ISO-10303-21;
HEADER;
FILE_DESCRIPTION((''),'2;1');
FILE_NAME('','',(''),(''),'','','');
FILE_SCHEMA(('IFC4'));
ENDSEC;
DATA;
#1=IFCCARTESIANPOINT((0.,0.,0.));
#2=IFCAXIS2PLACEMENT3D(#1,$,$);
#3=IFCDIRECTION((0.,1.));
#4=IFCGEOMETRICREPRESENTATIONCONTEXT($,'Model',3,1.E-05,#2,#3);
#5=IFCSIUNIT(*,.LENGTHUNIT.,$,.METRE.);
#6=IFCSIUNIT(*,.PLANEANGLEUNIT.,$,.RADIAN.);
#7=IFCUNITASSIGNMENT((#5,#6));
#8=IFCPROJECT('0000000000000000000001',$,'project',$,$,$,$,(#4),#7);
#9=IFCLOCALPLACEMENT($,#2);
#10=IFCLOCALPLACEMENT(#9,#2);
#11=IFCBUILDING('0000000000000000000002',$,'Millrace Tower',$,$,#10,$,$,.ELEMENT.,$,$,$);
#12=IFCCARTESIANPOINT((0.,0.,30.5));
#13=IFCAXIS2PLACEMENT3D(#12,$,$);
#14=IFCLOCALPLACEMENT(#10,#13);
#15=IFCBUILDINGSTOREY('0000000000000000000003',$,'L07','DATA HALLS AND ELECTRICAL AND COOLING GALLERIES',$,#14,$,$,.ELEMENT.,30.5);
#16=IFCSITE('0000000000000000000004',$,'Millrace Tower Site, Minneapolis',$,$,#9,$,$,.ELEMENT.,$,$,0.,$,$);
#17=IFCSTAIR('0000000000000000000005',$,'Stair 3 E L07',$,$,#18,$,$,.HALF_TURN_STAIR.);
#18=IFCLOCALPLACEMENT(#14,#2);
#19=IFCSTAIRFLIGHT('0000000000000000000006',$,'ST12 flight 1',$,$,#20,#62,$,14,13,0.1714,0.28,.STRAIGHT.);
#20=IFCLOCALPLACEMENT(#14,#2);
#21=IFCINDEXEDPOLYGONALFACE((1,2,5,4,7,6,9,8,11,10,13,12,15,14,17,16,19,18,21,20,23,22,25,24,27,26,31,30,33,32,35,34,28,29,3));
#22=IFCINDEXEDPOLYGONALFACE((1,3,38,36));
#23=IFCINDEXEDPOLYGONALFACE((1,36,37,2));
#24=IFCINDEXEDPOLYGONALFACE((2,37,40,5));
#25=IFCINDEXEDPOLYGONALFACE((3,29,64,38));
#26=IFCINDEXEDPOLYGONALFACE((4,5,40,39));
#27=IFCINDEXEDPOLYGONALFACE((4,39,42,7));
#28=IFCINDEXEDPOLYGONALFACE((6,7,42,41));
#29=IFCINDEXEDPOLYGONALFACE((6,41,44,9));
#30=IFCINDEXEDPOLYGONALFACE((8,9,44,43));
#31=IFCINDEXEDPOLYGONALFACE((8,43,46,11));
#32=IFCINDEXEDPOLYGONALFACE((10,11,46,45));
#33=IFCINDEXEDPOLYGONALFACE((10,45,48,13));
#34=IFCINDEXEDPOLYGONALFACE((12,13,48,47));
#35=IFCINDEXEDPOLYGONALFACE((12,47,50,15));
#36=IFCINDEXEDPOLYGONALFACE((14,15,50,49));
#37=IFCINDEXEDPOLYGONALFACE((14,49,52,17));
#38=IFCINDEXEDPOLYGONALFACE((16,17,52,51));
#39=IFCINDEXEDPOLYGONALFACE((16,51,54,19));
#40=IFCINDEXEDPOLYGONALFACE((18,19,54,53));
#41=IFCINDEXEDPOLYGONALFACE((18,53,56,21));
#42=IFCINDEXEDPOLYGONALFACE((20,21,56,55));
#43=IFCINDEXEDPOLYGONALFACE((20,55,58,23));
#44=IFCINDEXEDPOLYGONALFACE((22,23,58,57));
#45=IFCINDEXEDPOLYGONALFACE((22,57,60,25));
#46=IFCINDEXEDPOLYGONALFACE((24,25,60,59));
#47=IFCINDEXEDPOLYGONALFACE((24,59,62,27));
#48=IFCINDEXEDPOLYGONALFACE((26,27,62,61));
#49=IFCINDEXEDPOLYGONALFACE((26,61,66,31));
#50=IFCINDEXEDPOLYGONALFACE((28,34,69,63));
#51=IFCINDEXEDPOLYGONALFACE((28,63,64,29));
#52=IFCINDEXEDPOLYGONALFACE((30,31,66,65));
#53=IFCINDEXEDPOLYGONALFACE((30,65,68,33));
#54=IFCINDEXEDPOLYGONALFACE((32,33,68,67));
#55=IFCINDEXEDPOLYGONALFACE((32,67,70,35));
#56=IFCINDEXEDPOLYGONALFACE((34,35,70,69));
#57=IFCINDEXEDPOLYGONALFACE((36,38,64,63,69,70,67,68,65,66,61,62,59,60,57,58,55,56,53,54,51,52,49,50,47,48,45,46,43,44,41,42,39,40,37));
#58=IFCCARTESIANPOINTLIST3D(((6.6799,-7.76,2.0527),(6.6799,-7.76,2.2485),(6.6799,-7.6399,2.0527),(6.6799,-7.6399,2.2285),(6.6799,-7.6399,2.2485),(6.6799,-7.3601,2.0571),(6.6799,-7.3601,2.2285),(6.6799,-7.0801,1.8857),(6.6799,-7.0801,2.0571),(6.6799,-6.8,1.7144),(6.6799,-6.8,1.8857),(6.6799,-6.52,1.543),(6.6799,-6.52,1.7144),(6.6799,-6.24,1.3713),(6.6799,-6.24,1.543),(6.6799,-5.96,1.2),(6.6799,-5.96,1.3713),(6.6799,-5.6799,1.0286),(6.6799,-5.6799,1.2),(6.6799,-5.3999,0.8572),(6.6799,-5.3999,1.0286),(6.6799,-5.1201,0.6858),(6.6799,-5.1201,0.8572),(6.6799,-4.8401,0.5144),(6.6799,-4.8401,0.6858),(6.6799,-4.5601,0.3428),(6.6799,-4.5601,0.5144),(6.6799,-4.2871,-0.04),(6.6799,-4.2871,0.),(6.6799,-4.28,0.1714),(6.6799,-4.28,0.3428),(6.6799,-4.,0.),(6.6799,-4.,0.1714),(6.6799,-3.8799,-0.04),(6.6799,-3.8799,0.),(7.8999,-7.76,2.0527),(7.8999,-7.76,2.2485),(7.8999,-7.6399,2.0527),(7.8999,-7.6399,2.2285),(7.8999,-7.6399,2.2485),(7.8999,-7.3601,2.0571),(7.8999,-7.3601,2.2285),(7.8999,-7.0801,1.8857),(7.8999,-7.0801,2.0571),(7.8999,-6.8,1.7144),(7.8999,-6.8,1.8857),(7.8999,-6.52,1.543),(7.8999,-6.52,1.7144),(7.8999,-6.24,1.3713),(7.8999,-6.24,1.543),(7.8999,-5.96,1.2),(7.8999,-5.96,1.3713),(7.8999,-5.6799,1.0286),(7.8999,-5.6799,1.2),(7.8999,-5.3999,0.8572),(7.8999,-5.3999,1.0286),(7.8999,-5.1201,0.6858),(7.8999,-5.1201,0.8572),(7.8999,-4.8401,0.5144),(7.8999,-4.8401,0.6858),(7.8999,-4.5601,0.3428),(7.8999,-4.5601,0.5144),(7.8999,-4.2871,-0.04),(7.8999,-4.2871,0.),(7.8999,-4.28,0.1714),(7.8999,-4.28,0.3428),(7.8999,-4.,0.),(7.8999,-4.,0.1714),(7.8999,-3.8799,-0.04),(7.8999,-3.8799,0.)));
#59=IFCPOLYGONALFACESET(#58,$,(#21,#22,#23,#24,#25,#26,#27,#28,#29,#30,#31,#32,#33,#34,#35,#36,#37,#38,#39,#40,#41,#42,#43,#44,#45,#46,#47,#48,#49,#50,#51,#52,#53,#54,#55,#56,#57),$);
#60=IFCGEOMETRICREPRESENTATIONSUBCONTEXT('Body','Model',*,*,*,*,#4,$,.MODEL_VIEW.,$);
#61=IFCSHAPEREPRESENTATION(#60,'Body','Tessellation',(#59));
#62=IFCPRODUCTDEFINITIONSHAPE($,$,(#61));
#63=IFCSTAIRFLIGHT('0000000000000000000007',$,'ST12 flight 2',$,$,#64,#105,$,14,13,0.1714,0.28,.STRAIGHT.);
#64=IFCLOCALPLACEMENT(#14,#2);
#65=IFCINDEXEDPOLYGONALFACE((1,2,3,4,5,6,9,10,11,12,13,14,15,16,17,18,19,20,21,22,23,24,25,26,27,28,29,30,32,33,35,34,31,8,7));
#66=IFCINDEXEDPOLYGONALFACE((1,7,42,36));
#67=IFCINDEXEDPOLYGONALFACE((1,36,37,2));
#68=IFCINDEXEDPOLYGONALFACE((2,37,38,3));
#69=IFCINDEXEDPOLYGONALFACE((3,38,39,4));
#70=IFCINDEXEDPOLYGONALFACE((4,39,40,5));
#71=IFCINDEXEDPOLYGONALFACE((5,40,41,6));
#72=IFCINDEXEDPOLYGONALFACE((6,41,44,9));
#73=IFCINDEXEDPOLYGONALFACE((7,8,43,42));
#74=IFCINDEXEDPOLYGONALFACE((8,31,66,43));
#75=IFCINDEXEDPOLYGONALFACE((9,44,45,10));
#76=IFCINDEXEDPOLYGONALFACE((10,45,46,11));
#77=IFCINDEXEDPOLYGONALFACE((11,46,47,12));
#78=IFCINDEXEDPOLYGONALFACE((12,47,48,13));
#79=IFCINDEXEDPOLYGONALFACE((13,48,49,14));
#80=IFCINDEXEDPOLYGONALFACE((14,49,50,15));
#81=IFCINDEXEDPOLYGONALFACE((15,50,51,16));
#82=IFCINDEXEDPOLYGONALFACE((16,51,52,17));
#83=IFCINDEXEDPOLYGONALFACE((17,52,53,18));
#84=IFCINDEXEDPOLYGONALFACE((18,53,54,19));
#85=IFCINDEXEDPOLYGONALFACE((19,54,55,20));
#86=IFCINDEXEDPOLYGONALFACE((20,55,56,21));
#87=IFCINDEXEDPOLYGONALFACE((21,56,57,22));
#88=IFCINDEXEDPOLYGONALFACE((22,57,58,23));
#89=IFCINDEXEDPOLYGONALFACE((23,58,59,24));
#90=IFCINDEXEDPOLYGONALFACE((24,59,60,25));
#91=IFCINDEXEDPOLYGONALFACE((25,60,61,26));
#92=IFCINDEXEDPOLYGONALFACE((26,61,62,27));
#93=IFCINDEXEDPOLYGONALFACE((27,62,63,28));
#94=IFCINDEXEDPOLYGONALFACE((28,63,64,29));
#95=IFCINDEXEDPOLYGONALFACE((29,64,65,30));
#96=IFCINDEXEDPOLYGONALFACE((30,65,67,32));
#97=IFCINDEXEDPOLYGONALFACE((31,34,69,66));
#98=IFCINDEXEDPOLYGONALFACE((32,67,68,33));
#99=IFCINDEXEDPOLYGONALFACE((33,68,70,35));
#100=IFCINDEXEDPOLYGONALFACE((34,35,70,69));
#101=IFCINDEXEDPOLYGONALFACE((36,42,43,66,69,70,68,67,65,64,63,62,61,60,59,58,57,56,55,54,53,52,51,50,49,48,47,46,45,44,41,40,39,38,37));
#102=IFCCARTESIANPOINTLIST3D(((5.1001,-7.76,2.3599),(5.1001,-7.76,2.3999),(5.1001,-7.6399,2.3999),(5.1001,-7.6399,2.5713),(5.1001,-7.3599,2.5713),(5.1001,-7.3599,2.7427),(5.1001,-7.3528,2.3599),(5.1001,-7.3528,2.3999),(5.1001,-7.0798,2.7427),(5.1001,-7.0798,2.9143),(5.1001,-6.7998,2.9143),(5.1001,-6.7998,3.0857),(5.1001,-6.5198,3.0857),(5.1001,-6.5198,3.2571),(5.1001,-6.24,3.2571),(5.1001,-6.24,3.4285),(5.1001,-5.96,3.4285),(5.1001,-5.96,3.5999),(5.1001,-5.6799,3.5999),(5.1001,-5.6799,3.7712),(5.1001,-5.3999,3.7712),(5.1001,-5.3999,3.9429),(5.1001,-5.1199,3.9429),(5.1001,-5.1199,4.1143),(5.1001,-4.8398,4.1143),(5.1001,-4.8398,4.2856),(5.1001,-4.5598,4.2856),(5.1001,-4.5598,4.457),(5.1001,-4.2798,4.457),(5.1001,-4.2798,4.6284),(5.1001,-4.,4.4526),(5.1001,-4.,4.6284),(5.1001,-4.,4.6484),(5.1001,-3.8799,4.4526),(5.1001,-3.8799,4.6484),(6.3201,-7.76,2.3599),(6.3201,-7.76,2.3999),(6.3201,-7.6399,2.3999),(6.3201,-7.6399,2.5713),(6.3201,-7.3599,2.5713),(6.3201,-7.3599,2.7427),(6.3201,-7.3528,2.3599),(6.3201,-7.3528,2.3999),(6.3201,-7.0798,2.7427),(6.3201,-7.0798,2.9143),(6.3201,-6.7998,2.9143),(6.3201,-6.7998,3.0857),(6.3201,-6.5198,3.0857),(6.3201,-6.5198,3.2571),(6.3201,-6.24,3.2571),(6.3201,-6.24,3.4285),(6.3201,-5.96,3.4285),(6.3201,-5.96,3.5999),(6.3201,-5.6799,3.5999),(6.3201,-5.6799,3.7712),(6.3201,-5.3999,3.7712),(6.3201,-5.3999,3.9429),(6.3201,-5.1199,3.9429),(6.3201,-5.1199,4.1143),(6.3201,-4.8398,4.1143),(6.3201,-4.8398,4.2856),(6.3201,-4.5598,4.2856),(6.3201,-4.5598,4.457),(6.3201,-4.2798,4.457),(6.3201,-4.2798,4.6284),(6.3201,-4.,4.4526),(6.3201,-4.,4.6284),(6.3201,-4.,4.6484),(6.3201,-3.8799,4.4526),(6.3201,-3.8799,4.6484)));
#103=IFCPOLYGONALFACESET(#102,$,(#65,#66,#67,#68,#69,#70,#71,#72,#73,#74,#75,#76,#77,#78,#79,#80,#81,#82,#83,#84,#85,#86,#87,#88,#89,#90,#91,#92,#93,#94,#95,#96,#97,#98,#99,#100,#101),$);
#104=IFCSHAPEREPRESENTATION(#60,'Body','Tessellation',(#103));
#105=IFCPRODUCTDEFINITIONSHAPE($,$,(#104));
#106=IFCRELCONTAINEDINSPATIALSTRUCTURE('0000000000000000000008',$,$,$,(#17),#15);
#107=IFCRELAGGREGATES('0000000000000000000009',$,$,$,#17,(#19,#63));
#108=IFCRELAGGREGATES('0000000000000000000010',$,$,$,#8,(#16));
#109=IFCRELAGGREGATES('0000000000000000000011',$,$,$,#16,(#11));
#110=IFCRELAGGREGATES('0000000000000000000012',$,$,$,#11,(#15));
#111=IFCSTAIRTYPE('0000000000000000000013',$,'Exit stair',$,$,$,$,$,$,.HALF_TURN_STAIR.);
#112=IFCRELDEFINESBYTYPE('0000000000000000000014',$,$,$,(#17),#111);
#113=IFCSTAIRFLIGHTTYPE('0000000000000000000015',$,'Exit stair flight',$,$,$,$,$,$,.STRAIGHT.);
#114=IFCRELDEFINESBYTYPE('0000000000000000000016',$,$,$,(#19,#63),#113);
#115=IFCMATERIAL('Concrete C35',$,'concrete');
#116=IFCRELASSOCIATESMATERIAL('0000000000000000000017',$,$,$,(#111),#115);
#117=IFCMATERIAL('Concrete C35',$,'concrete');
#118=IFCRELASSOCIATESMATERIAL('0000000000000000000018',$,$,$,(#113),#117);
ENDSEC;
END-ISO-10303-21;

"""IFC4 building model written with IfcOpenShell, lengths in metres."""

from ifc_helpers import new_model, si_unit, direction, frame, origin, place, context, subcontext, project, spatial, polyline, outline, extrude, material, type_object, element, aggregate, save


model = new_model("IFC4")

# Units and contexts
model_context = context("Model", 3, precision=1e-05, world=origin(), true_north=direction((0.0, 1.0)))
body_context = subcontext(model_context, "Body", "Model", "MODEL_VIEW")
ifc_project = project(units=[si_unit("LENGTHUNIT", "METRE"), si_unit("PLANEANGLEUNIT", "RADIAN")], contexts=[model_context])

# Site, building, storey
site_placement = place(None, origin())
site = spatial("IfcSite", under=ifc_project, at=site_placement, Name="Millrace Tower Site, Minneapolis", CompositionType="ELEMENT", RefElevation=0.0)
building_placement = place(site_placement, origin())
building = spatial("IfcBuilding", under=site, at=building_placement, Name="Millrace Tower", CompositionType="ELEMENT")
storey_placement = place(building_placement, frame((0.0, 0.0, 30.5)))
storey = spatial("IfcBuildingStorey", under=building, at=storey_placement, Name="L07", Description="DATA HALLS AND ELECTRICAL AND COOLING GALLERIES", CompositionType="ELEMENT", Elevation=30.5)

# Shared definitions
placement = place(storey_placement, origin())

# Shared definitions
ifc_material_1 = material(Name="Concrete C35", Category="concrete")
stair_type = type_object("IfcStairType", Name="Exit stair", PredefinedType="HALF_TURN_STAIR", material=ifc_material_1)
ifc_material_2 = material(Name="Concrete C35", Category="concrete")
stair_flight_type = type_object("IfcStairFlightType", Name="Exit stair flight", PredefinedType="STRAIGHT", material=ifc_material_2)

# Stair, stair flights
stair_1 = element("IfcStair", 1, at=placement, inside=storey, type_object=stair_type, Name="Stair 3 E L07", PredefinedType="HALF_TURN_STAIR")
stair_flight_1_placement = place(storey_placement, frame((7.29, -4.0, 0.0), z_axis=(0.0, 0.0, 1.0), x_axis=(0.0, -1.0, 0.0)))
stair_flight_1 = element("IfcStairFlight", 2, at=stair_flight_1_placement, type_object=stair_flight_type, Name="ST12 flight 1", NumberOfRisers=14, NumberOfTreads=13, PredefinedType="STRAIGHT", RiserHeight=0.1714, TreadLength=0.28, context=body_context, shape_type="SweptSolid", body=[
    extrude(outline(polyline([(-0.1201, -0.04), (-0.1201, 0.0), (0.0, 0.0), (0.0, 0.1714), (0.28, 0.1714), (0.28, 0.3428), (0.5601, 0.3428), (0.5601, 0.5144), (0.8401, 0.5144), (0.8401, 0.6858), (1.1201, 0.6858), (1.1201, 0.8572), (1.3999, 0.8572), (1.3999, 1.0286), (1.6799, 1.0286), (1.6799, 1.2), (1.96, 1.2), (1.96, 1.3713), (2.24, 1.3713), (2.24, 1.543), (2.52, 1.543), (2.52, 1.7144), (2.8, 1.7144), (2.8, 1.8857), (3.0801, 1.8857), (3.0801, 2.0571), (3.3601, 2.0571), (3.3601, 2.2285), (3.6399, 2.2285), (3.6399, 2.2485), (3.76, 2.2485), (3.76, 2.0527), (3.6399, 2.0527), (0.2871, 0.0), (0.2871, -0.04), (-0.1201, -0.04)])), frame((0.0, 0.6099, 0.0), z_axis=(0.0, -1.0, 0.0), x_axis=(1.0, 0.0, 0.0)), (0.0, 0.0, 1.0), 1.22),
])
stair_flight_2_placement = place(storey_placement, frame((5.71, -7.6399, 2.3999), z_axis=(0.0, 0.0, 1.0), x_axis=(0.0, 1.0, 0.0)))
stair_flight_2 = element("IfcStairFlight", 3, at=stair_flight_2_placement, type_object=stair_flight_type, Name="ST12 flight 2", NumberOfRisers=14, NumberOfTreads=13, PredefinedType="STRAIGHT", RiserHeight=0.1714, TreadLength=0.28, context=body_context, shape_type="SweptSolid", body=[
    extrude(outline(polyline([(-0.1201, -0.04), (-0.1201, 0.0), (0.0, 0.0), (0.0, 0.1714), (0.28, 0.1714), (0.28, 0.3428), (0.5601, 0.3428), (0.5601, 0.5144), (0.8401, 0.5144), (0.8401, 0.6858), (1.1201, 0.6858), (1.1201, 0.8572), (1.3999, 0.8572), (1.3999, 1.0286), (1.6799, 1.0286), (1.6799, 1.2), (1.96, 1.2), (1.96, 1.3713), (2.24, 1.3713), (2.24, 1.543), (2.52, 1.543), (2.52, 1.7144), (2.8, 1.7144), (2.8, 1.8857), (3.0801, 1.8857), (3.0801, 2.0571), (3.3601, 2.0571), (3.3601, 2.2285), (3.6399, 2.2285), (3.6399, 2.2485), (3.76, 2.2485), (3.76, 2.0527), (3.6399, 2.0527), (0.2871, 0.0), (0.2871, -0.04), (-0.1201, -0.04)])), frame((0.0, 0.6099, 0.0), z_axis=(0.0, -1.0, 0.0), x_axis=(1.0, 0.0, 0.0)), (0.0, 0.0, 1.0), 1.22),
])
aggregate(stair_1, [stair_flight_1, stair_flight_2])

save(model, "model.ifc")
